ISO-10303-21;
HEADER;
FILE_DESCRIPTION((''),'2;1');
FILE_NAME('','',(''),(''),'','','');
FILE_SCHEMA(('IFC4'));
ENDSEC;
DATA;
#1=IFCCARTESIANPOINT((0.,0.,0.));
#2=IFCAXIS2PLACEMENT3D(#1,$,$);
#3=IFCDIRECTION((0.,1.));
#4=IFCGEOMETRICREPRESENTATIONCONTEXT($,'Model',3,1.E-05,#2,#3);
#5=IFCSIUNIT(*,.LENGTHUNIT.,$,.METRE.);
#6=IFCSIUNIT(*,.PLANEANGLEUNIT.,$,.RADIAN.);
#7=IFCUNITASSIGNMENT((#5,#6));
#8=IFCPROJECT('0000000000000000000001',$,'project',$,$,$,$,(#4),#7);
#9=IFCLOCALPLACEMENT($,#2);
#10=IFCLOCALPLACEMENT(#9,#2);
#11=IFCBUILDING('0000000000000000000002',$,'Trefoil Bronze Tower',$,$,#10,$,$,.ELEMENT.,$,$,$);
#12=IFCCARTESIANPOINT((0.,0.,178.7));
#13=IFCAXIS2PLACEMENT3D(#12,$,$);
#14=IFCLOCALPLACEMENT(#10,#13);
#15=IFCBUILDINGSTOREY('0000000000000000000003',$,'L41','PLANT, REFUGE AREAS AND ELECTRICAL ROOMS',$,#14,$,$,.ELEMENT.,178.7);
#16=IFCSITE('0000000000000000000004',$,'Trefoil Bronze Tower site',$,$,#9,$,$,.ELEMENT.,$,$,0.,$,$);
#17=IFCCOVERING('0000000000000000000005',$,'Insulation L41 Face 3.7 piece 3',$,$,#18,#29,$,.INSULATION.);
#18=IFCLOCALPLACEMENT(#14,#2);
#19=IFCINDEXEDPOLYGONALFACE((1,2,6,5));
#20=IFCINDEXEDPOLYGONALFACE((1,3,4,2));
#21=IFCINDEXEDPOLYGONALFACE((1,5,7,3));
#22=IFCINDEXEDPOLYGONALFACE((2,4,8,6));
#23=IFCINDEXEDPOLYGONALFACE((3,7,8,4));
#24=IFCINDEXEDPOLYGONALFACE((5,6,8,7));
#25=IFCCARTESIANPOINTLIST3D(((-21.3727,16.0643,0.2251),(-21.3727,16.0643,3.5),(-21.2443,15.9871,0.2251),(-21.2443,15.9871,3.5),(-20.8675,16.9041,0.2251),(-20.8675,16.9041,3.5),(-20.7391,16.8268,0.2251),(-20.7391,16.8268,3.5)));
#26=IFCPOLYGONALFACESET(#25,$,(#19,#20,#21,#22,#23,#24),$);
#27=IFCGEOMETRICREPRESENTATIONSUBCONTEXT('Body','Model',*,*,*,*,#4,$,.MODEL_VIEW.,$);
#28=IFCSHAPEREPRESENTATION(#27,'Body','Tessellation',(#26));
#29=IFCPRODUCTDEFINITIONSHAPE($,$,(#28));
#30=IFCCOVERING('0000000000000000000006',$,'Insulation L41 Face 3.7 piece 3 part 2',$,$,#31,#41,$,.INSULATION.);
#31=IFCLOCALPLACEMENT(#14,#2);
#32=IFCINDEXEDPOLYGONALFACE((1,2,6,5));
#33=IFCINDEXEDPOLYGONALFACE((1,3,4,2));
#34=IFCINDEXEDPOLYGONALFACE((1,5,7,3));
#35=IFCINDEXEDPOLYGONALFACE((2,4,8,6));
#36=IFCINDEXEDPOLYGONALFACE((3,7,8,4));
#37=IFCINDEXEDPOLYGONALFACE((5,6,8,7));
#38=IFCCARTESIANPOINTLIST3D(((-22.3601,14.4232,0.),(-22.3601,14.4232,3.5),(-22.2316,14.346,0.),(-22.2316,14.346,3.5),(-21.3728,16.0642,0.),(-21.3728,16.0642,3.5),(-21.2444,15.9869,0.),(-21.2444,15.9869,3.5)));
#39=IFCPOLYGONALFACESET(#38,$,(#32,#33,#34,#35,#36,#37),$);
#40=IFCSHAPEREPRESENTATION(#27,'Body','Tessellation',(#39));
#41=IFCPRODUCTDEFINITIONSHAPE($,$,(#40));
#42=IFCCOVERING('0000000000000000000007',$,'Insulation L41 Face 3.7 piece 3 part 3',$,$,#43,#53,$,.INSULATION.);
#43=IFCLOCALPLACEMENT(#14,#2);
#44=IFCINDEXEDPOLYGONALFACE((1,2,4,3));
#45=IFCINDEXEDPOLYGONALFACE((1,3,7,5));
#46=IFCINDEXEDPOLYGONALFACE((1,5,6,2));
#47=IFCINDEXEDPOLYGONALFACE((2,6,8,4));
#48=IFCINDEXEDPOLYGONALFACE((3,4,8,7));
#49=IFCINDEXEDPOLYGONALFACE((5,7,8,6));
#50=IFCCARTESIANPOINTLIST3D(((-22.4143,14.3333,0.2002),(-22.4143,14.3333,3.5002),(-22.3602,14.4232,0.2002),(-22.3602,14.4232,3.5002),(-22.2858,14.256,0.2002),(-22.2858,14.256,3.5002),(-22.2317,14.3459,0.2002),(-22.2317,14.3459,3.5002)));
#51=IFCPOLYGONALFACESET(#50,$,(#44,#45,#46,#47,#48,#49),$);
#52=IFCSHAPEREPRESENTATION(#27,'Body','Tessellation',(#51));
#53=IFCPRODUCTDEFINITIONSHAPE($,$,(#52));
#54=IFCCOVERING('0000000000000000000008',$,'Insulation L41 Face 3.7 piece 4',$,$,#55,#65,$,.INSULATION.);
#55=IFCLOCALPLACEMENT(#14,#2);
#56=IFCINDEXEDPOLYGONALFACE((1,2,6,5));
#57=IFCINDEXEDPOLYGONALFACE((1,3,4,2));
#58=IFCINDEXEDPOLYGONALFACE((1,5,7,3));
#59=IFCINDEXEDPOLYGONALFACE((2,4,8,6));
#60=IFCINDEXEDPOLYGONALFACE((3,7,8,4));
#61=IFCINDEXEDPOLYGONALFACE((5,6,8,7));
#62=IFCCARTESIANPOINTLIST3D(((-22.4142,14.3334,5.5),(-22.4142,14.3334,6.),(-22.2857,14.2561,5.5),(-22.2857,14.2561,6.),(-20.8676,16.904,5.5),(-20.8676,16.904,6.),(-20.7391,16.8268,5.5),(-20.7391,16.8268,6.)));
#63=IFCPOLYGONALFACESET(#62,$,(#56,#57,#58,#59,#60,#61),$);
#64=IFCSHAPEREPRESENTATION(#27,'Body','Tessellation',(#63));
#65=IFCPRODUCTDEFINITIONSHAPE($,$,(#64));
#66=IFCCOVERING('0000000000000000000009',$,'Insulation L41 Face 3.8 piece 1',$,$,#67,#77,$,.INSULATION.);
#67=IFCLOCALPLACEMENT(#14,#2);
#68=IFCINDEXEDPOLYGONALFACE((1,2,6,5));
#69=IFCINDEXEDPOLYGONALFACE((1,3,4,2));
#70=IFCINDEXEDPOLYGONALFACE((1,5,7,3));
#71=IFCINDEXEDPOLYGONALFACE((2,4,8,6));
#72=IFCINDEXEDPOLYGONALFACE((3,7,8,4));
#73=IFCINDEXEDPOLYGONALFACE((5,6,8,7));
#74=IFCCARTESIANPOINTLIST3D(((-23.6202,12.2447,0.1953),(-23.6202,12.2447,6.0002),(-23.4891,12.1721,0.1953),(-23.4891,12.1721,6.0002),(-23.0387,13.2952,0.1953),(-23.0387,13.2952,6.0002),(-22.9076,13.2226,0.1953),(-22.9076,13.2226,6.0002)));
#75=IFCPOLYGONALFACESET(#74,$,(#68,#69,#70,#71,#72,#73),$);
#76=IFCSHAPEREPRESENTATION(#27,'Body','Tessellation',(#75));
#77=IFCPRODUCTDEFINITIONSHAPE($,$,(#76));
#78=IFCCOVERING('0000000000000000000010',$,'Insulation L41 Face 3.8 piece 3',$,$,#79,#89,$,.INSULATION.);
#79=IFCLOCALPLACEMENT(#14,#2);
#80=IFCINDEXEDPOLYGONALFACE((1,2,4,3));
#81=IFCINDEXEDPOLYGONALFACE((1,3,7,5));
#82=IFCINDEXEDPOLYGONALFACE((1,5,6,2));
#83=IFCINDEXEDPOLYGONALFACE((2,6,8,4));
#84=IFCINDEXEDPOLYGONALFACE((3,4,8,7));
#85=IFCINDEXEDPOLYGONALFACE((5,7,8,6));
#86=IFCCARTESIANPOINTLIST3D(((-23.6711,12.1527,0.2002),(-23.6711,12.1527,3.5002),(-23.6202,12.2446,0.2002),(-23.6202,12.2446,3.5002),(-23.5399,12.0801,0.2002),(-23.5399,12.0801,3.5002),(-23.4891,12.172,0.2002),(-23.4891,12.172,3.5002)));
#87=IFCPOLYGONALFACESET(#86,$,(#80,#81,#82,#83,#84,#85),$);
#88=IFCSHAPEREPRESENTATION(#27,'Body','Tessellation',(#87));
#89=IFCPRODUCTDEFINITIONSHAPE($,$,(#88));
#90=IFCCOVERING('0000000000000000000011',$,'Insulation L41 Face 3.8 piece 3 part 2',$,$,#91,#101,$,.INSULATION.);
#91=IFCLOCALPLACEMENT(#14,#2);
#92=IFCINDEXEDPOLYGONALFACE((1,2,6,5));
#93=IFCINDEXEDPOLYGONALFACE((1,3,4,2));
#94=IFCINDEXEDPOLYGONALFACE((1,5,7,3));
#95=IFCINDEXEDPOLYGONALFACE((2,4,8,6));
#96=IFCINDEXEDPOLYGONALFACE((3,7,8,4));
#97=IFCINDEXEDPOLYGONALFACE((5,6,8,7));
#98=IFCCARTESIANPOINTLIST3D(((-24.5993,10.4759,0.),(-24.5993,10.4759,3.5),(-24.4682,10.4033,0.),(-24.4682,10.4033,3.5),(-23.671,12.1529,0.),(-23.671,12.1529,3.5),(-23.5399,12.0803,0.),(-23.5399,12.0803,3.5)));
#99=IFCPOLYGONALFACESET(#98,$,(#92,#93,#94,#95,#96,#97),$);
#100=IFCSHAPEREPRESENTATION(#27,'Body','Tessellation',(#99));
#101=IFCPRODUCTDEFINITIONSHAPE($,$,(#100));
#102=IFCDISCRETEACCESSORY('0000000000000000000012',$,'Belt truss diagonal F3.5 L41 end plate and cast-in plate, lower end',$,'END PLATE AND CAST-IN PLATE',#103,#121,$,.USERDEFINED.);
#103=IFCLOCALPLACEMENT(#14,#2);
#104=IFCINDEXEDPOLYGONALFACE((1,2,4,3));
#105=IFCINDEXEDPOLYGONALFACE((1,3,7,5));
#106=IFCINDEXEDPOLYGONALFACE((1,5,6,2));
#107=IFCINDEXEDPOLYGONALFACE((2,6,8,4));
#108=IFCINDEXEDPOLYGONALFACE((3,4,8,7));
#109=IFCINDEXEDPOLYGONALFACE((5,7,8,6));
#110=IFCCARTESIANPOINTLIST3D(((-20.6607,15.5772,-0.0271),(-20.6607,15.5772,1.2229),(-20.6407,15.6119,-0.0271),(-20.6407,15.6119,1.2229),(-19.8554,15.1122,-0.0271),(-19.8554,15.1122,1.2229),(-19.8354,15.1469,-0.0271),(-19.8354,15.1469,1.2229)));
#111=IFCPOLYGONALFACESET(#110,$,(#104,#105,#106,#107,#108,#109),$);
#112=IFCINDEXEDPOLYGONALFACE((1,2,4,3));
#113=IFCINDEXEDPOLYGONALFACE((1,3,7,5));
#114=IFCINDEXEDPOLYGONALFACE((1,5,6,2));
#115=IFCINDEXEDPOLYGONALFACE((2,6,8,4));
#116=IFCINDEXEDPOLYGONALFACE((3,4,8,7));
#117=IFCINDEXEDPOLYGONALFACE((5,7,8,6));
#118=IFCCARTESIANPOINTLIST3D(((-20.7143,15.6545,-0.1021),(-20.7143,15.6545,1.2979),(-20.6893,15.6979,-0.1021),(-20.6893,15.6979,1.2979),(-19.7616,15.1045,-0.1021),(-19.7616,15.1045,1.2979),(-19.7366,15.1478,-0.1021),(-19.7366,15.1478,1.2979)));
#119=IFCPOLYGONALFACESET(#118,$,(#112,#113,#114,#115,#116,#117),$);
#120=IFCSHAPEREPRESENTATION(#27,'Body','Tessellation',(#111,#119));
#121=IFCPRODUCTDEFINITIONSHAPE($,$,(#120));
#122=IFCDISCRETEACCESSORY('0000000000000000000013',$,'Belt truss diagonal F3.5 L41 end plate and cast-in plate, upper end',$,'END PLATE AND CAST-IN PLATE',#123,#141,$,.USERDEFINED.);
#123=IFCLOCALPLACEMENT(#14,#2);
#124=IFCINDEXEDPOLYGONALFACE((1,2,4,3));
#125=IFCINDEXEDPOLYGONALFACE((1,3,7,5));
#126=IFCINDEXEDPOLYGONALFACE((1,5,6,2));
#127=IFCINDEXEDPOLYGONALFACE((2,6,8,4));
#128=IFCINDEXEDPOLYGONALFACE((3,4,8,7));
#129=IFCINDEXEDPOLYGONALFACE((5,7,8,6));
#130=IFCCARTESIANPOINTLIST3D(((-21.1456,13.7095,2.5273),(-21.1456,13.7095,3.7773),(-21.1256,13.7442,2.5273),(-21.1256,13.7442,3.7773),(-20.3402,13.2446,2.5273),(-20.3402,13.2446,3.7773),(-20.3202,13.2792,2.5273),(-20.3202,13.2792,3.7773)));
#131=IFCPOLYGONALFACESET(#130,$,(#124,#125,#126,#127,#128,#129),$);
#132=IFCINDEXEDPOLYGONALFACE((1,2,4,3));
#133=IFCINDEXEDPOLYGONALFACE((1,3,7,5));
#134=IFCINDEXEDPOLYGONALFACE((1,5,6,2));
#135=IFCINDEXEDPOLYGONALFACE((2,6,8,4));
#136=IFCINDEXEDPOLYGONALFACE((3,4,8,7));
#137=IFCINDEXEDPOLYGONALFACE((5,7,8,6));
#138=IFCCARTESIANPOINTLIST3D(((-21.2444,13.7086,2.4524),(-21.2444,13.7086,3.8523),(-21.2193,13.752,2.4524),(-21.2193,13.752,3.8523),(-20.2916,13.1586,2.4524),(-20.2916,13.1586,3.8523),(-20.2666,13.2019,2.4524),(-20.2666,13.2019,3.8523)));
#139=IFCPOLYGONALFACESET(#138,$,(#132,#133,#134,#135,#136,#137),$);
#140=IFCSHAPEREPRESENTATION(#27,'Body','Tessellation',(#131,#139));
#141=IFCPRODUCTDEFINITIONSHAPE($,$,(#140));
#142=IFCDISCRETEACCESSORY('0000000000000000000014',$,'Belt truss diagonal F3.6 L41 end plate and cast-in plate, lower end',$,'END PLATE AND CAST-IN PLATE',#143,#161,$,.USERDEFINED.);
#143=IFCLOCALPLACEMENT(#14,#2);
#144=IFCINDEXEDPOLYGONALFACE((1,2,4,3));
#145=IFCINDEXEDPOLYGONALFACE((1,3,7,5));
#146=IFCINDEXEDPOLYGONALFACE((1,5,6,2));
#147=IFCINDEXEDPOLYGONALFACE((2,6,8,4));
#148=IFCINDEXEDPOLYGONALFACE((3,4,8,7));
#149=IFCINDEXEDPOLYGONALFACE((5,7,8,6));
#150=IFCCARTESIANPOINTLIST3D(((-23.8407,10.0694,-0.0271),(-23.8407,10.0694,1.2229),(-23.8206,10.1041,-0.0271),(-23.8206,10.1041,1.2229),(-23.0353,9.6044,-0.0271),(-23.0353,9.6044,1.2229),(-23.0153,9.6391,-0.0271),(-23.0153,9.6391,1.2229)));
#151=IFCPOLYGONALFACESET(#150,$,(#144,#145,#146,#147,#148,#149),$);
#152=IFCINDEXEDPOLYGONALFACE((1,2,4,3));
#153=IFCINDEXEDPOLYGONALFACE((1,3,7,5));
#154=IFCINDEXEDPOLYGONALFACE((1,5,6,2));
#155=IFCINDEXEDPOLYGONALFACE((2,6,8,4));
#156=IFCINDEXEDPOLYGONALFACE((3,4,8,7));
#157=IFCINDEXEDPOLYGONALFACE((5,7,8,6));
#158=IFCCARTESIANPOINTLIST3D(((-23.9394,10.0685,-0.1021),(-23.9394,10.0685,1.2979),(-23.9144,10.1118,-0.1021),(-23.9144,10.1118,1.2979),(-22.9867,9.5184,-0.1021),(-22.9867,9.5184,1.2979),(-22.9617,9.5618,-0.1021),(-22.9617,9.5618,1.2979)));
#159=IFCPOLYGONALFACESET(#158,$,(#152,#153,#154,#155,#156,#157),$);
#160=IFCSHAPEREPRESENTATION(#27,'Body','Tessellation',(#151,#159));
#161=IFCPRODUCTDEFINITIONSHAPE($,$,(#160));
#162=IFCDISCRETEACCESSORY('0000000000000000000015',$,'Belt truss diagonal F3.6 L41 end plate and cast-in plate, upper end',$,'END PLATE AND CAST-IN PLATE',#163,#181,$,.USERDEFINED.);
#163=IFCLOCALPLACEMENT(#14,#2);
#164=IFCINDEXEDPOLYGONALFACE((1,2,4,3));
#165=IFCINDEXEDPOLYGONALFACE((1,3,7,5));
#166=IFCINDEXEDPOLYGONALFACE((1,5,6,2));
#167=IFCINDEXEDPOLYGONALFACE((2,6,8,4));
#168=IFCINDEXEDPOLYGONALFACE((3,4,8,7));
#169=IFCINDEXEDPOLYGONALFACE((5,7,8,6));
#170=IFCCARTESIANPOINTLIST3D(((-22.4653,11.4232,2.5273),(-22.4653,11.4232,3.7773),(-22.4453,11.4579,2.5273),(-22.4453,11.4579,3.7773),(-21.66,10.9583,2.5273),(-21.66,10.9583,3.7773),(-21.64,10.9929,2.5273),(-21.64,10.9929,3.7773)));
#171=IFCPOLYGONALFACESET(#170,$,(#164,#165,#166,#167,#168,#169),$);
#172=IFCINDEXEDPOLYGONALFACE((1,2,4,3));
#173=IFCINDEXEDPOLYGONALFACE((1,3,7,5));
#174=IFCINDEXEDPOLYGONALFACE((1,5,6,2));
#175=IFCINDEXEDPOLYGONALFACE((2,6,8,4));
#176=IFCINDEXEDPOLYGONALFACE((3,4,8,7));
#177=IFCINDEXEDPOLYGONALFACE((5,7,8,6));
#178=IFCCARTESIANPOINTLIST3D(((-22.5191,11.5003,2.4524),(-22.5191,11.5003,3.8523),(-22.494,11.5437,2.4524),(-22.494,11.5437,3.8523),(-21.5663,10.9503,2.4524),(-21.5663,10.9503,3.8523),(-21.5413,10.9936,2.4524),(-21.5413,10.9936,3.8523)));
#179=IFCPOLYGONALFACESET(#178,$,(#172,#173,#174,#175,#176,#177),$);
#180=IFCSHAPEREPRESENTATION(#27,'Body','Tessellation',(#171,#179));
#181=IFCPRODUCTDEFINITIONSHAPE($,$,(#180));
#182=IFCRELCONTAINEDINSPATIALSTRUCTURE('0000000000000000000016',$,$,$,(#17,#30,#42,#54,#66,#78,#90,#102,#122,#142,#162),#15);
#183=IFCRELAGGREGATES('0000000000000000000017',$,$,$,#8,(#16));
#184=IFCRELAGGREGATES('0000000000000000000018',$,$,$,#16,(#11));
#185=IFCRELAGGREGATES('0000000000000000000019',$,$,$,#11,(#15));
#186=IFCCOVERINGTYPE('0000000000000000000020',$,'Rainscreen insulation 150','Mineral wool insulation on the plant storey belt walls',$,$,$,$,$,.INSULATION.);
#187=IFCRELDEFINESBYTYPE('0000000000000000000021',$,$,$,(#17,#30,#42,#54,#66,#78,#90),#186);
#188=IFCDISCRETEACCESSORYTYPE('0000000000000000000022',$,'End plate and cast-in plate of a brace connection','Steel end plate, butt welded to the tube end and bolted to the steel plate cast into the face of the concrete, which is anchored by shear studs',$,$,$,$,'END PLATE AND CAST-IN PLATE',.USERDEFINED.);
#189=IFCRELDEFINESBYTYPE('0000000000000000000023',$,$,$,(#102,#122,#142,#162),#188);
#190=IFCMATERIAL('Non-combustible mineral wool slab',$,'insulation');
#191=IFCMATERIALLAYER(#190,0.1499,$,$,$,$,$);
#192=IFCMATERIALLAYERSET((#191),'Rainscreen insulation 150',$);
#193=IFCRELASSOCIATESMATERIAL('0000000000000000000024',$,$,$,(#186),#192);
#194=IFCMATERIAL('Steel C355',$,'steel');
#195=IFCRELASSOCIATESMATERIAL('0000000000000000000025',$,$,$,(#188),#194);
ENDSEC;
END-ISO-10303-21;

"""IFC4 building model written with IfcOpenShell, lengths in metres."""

from ifc_helpers import new_model, si_unit, direction, frame, origin, origin_2d, place, context, subcontext, project, spatial, rectangle, extrude, material, layer, layer_set, type_object, element, save


model = new_model("IFC4")

# Units and contexts
model_context = context("Model", 3, precision=1e-05, world=origin(), true_north=direction((0.0, 1.0)))
body_context = subcontext(model_context, "Body", "Model", "MODEL_VIEW")
ifc_project = project(units=[si_unit("LENGTHUNIT", "METRE"), si_unit("PLANEANGLEUNIT", "RADIAN")], contexts=[model_context])

# Site, building, storey
site_placement = place(None, origin())
site = spatial("IfcSite", under=ifc_project, at=site_placement, Name="Trefoil Bronze Tower site", CompositionType="ELEMENT", RefElevation=0.0)
building_placement = place(site_placement, origin())
building = spatial("IfcBuilding", under=site, at=building_placement, Name="Trefoil Bronze Tower", CompositionType="ELEMENT")
storey_placement = place(building_placement, frame((0.0, 0.0, 178.7)))
storey = spatial("IfcBuildingStorey", under=building, at=storey_placement, Name="L41", Description="PLANT, REFUGE AREAS AND ELECTRICAL ROOMS", CompositionType="ELEMENT", Elevation=178.7)

# Coverings
ifc_material_1 = material(Name="Non-combustible mineral wool slab", Category="insulation")
ifc_layer_1 = layer(ifc_material_1, 0.1499)
ifc_layer_set_1 = layer_set([ifc_layer_1], Name="Rainscreen insulation 150")
covering_type_1 = type_object("IfcCoveringType", Name="Rainscreen insulation 150", Description="Mineral wool insulation on the plant storey belt walls", PredefinedType="INSULATION", material=ifc_layer_set_1)
covering_1_placement = place(storey_placement, frame((-21.0559, 16.4456, 0.2251), z_axis=(0.0, 0.0, 1.0), x_axis=(-0.515525, -0.856874, 0.0)))
element("IfcCovering", 1, at=covering_1_placement, inside=storey, type_object=covering_type_1, Name="Insulation L41 Face 3.7 piece 3", PredefinedType="INSULATION", context=body_context, shape_type="SweptSolid", body=[
    extrude(rectangle(XDim=0.98, YDim=0.1499, at=origin_2d()), origin(), (0.0, 0.0, 1.0), 3.2749),
])
covering_2_placement = place(storey_placement, frame((-21.8022, 15.2051, 0.0), z_axis=(0.0, 0.0, 1.0), x_axis=(-0.515525, -0.856874, 0.0)))
element("IfcCovering", 2, at=covering_2_placement, inside=storey, type_object=covering_type_1, Name="Insulation L41 Face 3.7 piece 3 part 2", PredefinedType="INSULATION", context=body_context, shape_type="SweptSolid", body=[
    extrude(rectangle(XDim=1.915, YDim=0.1499, at=origin_2d()), origin(), (0.0, 0.0, 1.0), 3.5),
])
covering_3_placement = place(storey_placement, frame((-22.323, 14.3396, 0.2002), z_axis=(0.0, 0.0, 1.0), x_axis=(-0.515525, -0.856874, 0.0)))
element("IfcCovering", 3, at=covering_3_placement, inside=storey, type_object=covering_type_1, Name="Insulation L41 Face 3.7 piece 3 part 3", PredefinedType="INSULATION", context=body_context, shape_type="SweptSolid", body=[
    extrude(rectangle(XDim=0.105, YDim=0.1499, at=origin_2d()), origin(), (0.0, 0.0, 1.0), 3.3),
])
covering_4_placement = place(storey_placement, frame((-21.5767, 15.5801, 5.5), z_axis=(0.0, 0.0, 1.0), x_axis=(-0.515525, -0.856874, 0.0)))
element("IfcCovering", 4, at=covering_4_placement, inside=storey, type_object=covering_type_1, Name="Insulation L41 Face 3.7 piece 4", PredefinedType="INSULATION", context=body_context, shape_type="SweptSolid", body=[
    extrude(rectangle(XDim=3.0, YDim=0.1499, at=origin_2d()), origin(), (0.0, 0.0, 1.0), 0.5),
])
covering_5_placement = place(storey_placement, frame((-23.2639, 12.7336, 0.1953), z_axis=(0.0, 0.0, 1.0), x_axis=(-0.484312, -0.874895, 0.0)))
element("IfcCovering", 5, at=covering_5_placement, inside=storey, type_object=covering_type_1, Name="Insulation L41 Face 3.8 piece 1", PredefinedType="INSULATION", context=body_context, shape_type="SweptSolid", body=[
    extrude(rectangle(XDim=1.2007, YDim=0.1499, at=origin_2d()), origin(), (0.0, 0.0, 1.0), 5.8049),
])
covering_6_placement = place(storey_placement, frame((-23.5801, 12.1624, 0.2002), z_axis=(0.0, 0.0, 1.0), x_axis=(-0.484312, -0.874895, 0.0)))
element("IfcCovering", 6, at=covering_6_placement, inside=storey, type_object=covering_type_1, Name="Insulation L41 Face 3.8 piece 3", PredefinedType="INSULATION", context=body_context, shape_type="SweptSolid", body=[
    extrude(rectangle(XDim=0.105, YDim=0.1499, at=origin_2d()), origin(), (0.0, 0.0, 1.0), 3.3),
])
covering_7_placement = place(storey_placement, frame((-24.0696, 11.2781, 0.0), z_axis=(0.0, 0.0, 1.0), x_axis=(-0.484312, -0.874895, 0.0)))
element("IfcCovering", 7, at=covering_7_placement, inside=storey, type_object=covering_type_1, Name="Insulation L41 Face 3.8 piece 3 part 2", PredefinedType="INSULATION", context=body_context, shape_type="SweptSolid", body=[
    extrude(rectangle(XDim=1.9167, YDim=0.1499, at=origin_2d()), origin(), (0.0, 0.0, 1.0), 3.5),
])

# Discrete accessories
ifc_material_2 = material(Name="Steel C355", Category="steel")
discrete_accessory_type = type_object("IfcDiscreteAccessoryType", Name="End plate and cast-in plate of a brace connection", Description="Steel end plate, butt welded to the tube end and bolted to the steel plate cast into the face of the concrete, which is anchored by shear studs", ElementType="END PLATE AND CAST-IN PLATE", PredefinedType="USERDEFINED", material=ifc_material_2)
for number, where, z_axis, x_axis, name in (
    (8, (-20.238, 15.3794, 0.5979), (0.0, 0.0, 1.0), (-0.5, -0.866025, 0.0), "Belt truss diagonal F3.5 L41 end plate and cast-in plate, lower end"),
    (9, (-20.7429, 13.4771, 3.1523), (0.0, 0.0, 1.0), (0.5, 0.866025, 0.0), "Belt truss diagonal F3.5 L41 end plate and cast-in plate, upper end"),
    (10, (-23.438, 9.8369, 0.5979), (0.0, 0.0, 1.0), (0.5, 0.866025, 0.0), "Belt truss diagonal F3.6 L41 end plate and cast-in plate, lower end"),
):
    element("IfcDiscreteAccessory", number, at=place(storey_placement, frame(where, z_axis=z_axis, x_axis=x_axis)), inside=storey, type_object=discrete_accessory_type, Name=name, ObjectType="END PLATE AND CAST-IN PLATE", PredefinedType="USERDEFINED", context=body_context, shape_type="SweptSolid", body=[
        extrude(rectangle(XDim=0.04, YDim=0.9299, at=origin_2d()), frame((0.02, 0.0, -0.625)), (0.0, 0.0, 1.0), 1.25),
        extrude(rectangle(XDim=0.05, YDim=1.1001, at=origin_2d()), frame((-0.0251, 0.0, -0.7)), (0.0, 0.0, 1.0), 1.3999),
    ])
discrete_accessory_placement = place(storey_placement, frame((-22.043, 11.2253, 3.1523), z_axis=(0.0, 0.0, 1.0), x_axis=(-0.5, -0.866025, 0.0)))
element("IfcDiscreteAccessory", 11, at=discrete_accessory_placement, inside=storey, type_object=discrete_accessory_type, Name="Belt truss diagonal F3.6 L41 end plate and cast-in plate, upper end", ObjectType="END PLATE AND CAST-IN PLATE", PredefinedType="USERDEFINED", context=body_context, shape_type="SweptSolid", body=[
    extrude(rectangle(XDim=0.04, YDim=0.9299, at=origin_2d()), frame((0.0198, 0.0002, -0.625)), (0.0, 0.0, 1.0), 1.25),
    extrude(rectangle(XDim=0.05, YDim=1.1001, at=origin_2d()), frame((-0.0251, 0.0002, -0.7)), (0.0, 0.0, 1.0), 1.3999),
])

save(model, "model.ifc")
